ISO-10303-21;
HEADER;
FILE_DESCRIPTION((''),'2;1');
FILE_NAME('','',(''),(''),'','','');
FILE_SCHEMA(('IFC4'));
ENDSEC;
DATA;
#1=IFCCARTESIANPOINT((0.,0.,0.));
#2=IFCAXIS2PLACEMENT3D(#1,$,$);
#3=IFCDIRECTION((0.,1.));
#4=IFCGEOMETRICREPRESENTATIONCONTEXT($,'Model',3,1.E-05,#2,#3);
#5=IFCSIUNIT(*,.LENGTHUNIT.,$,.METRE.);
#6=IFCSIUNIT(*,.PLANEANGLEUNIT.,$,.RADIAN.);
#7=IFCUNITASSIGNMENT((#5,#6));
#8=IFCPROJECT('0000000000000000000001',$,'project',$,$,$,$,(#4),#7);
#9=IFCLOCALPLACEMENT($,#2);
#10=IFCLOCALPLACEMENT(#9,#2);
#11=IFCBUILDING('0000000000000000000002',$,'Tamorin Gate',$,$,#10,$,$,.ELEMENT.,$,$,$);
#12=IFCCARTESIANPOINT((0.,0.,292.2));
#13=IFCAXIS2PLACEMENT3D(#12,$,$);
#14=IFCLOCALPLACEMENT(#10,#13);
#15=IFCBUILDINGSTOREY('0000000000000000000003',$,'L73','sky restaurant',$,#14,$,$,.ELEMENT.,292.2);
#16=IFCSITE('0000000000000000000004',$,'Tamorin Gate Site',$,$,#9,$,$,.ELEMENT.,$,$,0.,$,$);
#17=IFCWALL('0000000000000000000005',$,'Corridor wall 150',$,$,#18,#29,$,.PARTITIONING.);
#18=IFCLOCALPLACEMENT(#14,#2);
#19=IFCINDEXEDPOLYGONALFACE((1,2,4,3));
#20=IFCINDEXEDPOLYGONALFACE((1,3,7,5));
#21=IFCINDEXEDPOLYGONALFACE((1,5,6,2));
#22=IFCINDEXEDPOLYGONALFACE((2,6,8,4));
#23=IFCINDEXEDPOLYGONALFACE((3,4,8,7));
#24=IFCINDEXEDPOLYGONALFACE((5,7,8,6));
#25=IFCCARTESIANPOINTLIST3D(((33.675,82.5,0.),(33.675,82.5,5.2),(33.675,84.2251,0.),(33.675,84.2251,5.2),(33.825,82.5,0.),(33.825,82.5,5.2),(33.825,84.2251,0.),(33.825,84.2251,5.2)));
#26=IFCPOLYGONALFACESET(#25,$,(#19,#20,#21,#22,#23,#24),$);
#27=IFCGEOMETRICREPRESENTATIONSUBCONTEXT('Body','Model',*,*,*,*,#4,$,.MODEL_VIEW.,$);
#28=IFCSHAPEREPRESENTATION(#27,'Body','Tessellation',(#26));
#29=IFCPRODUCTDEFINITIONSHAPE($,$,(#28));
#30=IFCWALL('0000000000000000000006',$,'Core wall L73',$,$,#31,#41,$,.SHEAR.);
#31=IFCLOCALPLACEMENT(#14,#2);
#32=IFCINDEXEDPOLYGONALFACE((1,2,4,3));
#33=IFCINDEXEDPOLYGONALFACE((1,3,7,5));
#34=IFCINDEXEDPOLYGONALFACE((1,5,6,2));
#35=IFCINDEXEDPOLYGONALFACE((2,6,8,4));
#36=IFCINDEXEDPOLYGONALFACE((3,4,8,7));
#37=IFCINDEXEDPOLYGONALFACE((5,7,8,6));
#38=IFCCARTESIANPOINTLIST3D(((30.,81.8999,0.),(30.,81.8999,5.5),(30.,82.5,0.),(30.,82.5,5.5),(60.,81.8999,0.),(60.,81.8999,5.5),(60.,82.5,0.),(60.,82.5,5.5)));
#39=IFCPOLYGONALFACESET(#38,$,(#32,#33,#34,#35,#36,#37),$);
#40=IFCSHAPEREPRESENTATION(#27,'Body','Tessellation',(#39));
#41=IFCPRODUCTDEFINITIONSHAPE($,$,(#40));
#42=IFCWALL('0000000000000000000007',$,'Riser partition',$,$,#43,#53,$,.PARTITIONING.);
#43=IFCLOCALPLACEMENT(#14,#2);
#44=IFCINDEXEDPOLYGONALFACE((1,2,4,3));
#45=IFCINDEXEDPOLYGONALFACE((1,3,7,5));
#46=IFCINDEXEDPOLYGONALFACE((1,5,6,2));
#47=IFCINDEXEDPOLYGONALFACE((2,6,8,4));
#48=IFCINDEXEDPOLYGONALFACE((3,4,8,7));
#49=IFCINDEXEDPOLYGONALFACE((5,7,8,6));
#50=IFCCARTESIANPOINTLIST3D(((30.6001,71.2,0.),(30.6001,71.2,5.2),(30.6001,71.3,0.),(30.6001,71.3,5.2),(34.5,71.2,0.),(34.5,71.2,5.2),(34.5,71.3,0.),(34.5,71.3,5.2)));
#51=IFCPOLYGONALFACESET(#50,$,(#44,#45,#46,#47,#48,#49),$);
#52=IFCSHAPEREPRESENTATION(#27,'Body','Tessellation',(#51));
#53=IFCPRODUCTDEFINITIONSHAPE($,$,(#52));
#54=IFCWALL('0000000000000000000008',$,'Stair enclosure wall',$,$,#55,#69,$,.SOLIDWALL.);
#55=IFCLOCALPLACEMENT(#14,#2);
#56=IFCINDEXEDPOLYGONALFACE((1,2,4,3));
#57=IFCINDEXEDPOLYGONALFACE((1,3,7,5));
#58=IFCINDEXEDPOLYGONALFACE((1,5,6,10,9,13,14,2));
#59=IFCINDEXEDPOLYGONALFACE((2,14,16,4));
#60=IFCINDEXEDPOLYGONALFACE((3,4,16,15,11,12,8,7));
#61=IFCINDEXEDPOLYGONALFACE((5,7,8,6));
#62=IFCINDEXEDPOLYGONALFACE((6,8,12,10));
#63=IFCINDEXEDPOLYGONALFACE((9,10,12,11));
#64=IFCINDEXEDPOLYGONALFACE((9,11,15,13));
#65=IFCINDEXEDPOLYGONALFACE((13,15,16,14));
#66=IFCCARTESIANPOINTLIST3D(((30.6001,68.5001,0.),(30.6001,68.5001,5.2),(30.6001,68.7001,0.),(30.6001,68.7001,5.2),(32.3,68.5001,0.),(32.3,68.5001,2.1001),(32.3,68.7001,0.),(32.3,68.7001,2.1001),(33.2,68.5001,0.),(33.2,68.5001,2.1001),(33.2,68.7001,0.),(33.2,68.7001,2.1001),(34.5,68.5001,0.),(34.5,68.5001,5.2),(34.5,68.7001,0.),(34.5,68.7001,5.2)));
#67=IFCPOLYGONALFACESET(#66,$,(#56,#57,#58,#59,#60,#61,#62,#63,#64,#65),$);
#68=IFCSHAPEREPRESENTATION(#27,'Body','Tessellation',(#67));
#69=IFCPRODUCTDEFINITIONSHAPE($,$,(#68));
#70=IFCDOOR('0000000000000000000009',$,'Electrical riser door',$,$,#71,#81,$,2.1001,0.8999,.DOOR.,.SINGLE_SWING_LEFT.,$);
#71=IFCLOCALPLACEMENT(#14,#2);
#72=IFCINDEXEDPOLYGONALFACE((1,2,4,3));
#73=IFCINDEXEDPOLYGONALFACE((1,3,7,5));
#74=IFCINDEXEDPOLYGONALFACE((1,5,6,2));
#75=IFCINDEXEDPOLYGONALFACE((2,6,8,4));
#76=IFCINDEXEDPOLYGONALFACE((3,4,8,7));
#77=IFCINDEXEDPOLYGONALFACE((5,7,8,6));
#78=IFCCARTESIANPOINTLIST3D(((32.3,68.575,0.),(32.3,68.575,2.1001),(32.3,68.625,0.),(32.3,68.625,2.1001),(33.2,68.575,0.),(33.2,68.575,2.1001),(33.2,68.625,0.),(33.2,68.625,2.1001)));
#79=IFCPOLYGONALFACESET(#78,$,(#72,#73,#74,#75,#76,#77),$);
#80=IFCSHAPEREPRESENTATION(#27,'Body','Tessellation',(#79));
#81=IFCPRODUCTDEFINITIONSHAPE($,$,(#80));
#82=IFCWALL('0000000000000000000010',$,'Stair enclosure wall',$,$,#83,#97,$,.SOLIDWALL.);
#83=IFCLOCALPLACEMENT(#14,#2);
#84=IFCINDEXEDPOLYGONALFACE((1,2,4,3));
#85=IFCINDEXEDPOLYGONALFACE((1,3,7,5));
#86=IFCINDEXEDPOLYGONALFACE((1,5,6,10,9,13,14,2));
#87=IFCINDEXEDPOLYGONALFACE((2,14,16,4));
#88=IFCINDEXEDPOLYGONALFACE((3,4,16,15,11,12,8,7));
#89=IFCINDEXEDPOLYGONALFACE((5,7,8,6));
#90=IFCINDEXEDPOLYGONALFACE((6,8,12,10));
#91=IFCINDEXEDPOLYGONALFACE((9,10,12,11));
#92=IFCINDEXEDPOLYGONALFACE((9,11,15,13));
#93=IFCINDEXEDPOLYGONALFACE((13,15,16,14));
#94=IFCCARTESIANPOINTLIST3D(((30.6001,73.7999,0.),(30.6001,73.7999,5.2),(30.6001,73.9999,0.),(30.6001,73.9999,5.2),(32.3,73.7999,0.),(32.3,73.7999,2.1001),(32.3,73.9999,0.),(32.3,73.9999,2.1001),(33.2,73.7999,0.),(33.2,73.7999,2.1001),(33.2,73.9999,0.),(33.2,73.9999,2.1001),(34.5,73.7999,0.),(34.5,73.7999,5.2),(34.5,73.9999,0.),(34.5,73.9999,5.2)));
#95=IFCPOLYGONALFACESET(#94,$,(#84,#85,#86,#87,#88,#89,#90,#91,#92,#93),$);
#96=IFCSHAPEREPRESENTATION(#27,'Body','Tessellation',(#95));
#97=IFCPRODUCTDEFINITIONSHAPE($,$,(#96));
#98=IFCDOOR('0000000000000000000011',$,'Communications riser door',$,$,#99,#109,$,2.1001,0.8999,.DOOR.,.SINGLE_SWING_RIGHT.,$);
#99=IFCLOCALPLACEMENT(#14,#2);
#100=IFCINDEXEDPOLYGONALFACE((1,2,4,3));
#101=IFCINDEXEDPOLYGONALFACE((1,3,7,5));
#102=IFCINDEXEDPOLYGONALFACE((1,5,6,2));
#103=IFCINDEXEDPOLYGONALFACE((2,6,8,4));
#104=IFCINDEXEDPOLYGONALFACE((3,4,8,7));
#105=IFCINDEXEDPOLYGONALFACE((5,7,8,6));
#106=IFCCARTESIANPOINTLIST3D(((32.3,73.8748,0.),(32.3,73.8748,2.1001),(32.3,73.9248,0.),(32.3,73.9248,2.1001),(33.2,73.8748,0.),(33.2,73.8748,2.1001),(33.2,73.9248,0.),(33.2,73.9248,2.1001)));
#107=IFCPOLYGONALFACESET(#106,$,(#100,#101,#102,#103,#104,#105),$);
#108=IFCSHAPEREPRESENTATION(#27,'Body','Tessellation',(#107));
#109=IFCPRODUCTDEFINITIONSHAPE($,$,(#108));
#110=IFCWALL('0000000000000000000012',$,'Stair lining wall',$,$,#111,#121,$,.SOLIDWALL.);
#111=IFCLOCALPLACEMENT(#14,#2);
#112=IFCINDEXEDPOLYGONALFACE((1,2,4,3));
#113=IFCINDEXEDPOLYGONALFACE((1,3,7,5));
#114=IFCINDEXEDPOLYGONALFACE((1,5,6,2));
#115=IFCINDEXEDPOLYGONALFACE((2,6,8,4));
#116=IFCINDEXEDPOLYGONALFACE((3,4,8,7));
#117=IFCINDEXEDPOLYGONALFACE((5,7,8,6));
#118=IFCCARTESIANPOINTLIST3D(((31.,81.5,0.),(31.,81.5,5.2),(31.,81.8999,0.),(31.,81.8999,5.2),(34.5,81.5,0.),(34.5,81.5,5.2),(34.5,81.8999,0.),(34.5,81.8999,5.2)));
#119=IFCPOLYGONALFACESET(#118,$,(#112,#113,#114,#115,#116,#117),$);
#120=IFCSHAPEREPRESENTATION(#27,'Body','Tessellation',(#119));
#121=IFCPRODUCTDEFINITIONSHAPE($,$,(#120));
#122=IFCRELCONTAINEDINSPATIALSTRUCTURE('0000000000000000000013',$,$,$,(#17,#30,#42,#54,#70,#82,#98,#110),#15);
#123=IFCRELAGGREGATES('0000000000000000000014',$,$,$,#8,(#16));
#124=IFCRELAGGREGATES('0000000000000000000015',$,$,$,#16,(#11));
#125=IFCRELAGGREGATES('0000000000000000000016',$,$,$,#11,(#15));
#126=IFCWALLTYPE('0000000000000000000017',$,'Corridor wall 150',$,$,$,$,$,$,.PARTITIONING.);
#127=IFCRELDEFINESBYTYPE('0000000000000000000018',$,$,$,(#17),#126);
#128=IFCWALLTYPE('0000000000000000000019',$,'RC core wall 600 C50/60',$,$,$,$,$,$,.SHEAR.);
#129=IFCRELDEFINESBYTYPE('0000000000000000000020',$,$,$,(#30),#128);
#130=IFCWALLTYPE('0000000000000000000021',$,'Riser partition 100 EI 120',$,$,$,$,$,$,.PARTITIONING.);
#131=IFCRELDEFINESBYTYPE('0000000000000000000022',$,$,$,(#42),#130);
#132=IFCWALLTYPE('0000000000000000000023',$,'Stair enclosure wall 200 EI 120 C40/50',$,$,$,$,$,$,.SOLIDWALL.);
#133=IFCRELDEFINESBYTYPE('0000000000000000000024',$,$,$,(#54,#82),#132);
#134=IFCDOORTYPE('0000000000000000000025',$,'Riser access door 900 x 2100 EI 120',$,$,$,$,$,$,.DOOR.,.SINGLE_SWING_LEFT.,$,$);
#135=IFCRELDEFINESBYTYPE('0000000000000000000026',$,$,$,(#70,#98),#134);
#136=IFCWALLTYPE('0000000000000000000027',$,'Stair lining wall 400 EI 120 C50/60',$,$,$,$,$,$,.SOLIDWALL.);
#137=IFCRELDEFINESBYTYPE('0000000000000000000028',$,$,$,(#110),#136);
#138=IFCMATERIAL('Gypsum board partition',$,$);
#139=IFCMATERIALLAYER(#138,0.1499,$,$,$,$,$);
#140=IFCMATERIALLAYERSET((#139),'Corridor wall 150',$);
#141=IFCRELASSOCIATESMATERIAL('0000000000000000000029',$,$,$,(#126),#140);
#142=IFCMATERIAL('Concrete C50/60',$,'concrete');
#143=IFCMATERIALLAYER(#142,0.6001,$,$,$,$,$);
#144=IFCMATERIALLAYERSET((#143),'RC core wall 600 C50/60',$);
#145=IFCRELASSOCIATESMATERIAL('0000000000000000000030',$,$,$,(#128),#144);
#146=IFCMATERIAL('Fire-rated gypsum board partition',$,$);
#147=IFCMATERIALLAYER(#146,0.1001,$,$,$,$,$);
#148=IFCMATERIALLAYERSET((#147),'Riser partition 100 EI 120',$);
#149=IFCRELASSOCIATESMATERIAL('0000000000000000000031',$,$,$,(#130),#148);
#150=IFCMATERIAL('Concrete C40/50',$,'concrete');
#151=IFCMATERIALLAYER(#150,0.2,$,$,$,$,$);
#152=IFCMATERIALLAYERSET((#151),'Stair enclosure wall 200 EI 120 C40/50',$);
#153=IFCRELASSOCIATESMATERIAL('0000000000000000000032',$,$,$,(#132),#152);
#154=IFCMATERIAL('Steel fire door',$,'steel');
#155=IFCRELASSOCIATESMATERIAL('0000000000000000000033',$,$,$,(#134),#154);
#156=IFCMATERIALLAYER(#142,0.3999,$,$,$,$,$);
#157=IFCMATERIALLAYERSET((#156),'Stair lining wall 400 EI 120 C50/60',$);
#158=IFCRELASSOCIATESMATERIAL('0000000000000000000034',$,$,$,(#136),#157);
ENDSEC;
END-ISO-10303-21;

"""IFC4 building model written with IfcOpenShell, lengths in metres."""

from ifc_helpers import new_model, si_unit, direction, frame, frame_2d, origin, place, context, subcontext, project, spatial, rectangle, extrude, material, layer, layer_set, type_object, element, fill, save


model = new_model("IFC4")

# Units and contexts
model_context = context("Model", 3, precision=1e-05, world=origin(), true_north=direction((0.0, 1.0)))
body_context = subcontext(model_context, "Body", "Model", "MODEL_VIEW")
ifc_project = project(units=[si_unit("LENGTHUNIT", "METRE"), si_unit("PLANEANGLEUNIT", "RADIAN")], contexts=[model_context])

# Site, building, storey
site_placement = place(None, origin())
site = spatial("IfcSite", under=ifc_project, at=site_placement, Name="Tamorin Gate Site", CompositionType="ELEMENT", RefElevation=0.0)
building_placement = place(site_placement, origin())
building = spatial("IfcBuilding", under=site, at=building_placement, Name="Tamorin Gate", CompositionType="ELEMENT")
storey_placement = place(building_placement, frame((0.0, 0.0, 292.2)))
storey = spatial("IfcBuildingStorey", under=building, at=storey_placement, Name="L73", Description="sky restaurant", CompositionType="ELEMENT", Elevation=292.2)

# Shared definitions
ifc_material_1 = material(Name="Concrete C50/60", Category="concrete")

# Walls
ifc_material_2 = material(Name="Gypsum board partition")
ifc_layer_1 = layer(ifc_material_2, 0.1499)
ifc_layer_set_1 = layer_set([ifc_layer_1], Name="Corridor wall 150")
wall_type_1 = type_object("IfcWallType", Name="Corridor wall 150", PredefinedType="PARTITIONING", material=ifc_layer_set_1)
wall_1_placement = place(storey_placement, frame((33.75, 82.5, 0.0), z_axis=(0.0, 0.0, 1.0), x_axis=(0.0, 1.0, 0.0)))
element("IfcWall", 1, at=wall_1_placement, inside=storey, type_object=wall_type_1, Name="Corridor wall 150", PredefinedType="PARTITIONING", context=body_context, shape_type="SweptSolid", body=[
    extrude(rectangle(XDim=1.7251, YDim=0.1499, at=frame_2d((0.8625, 0.0))), origin(), (0.0, 0.0, 1.0), 5.2),
])
ifc_layer_2 = layer(ifc_material_1, 0.6001)
ifc_layer_set_2 = layer_set([ifc_layer_2], Name="RC core wall 600 C50/60")
wall_type_2 = type_object("IfcWallType", Name="RC core wall 600 C50/60", PredefinedType="SHEAR", material=ifc_layer_set_2)
wall_2_placement = place(storey_placement, frame((30.0, 82.2, 0.0), z_axis=(0.0, 0.0, 1.0), x_axis=(1.0, 0.0, 0.0)))
element("IfcWall", 2, at=wall_2_placement, inside=storey, type_object=wall_type_2, Name="Core wall L73", PredefinedType="SHEAR", context=body_context, shape_type="SweptSolid", body=[
    extrude(rectangle(XDim=30.0, YDim=0.6001, at=frame_2d((15.0, 0.0))), origin(), (0.0, 0.0, 1.0), 5.5),
])
ifc_material_3 = material(Name="Fire-rated gypsum board partition")
ifc_layer_3 = layer(ifc_material_3, 0.1001)
ifc_layer_set_3 = layer_set([ifc_layer_3], Name="Riser partition 100 EI 120")
wall_type_3 = type_object("IfcWallType", Name="Riser partition 100 EI 120", PredefinedType="PARTITIONING", material=ifc_layer_set_3)
wall_3_placement = place(storey_placement, frame((30.6001, 71.25, 0.0), z_axis=(0.0, 0.0, 1.0), x_axis=(1.0, 0.0, 0.0)))
element("IfcWall", 3, at=wall_3_placement, inside=storey, type_object=wall_type_3, Name="Riser partition", PredefinedType="PARTITIONING", context=body_context, shape_type="SweptSolid", body=[
    extrude(rectangle(XDim=3.8999, YDim=0.1001, at=frame_2d((1.95, 0.0))), origin(), (0.0, 0.0, 1.0), 5.2),
])

# Walls, openings, doors
ifc_material_4 = material(Name="Concrete C40/50", Category="concrete")
ifc_layer_4 = layer(ifc_material_4, 0.2)
ifc_layer_set_4 = layer_set([ifc_layer_4], Name="Stair enclosure wall 200 EI 120 C40/50")
wall_type_4 = type_object("IfcWallType", Name="Stair enclosure wall 200 EI 120 C40/50", PredefinedType="SOLIDWALL", material=ifc_layer_set_4)
wall_4_placement = place(storey_placement, frame((30.6001, 68.6001, 0.0), z_axis=(0.0, 0.0, 1.0), x_axis=(1.0, 0.0, 0.0)))
wall_4 = element("IfcWall", 4, at=wall_4_placement, inside=storey, type_object=wall_type_4, Name="Stair enclosure wall", PredefinedType="SOLIDWALL", context=body_context, shape_type="SweptSolid", body=[
    extrude(rectangle(XDim=3.8999, YDim=0.2, at=frame_2d((1.95, 0.0))), origin(), (0.0, 0.0, 1.0), 5.2),
])
opening_1_placement = place(wall_4_placement, frame((1.7, 0.0, 0.0)))
opening_1 = element("IfcOpeningElement", 5, at=opening_1_placement, cuts=wall_4, PredefinedType="OPENING", context=body_context, shape_type="SweptSolid", body=[
    extrude(rectangle(XDim=0.8999, YDim=2.1001, at=frame_2d((0.45, 1.05))), frame((0.0, 0.1099, 0.0), z_axis=(0.0, -1.0, 0.0), x_axis=(1.0, 0.0, 0.0)), (0.0, 0.0, 1.0), 0.22),
])
ifc_material_5 = material(Name="Steel fire door", Category="steel")
door_type = type_object("IfcDoorType", Name="Riser access door 900 x 2100 EI 120", OperationType="SINGLE_SWING_LEFT", PredefinedType="DOOR", material=ifc_material_5)
door_1_placement = place(opening_1_placement, origin())
door_1 = element("IfcDoor", 6, at=door_1_placement, inside=storey, type_object=door_type, Name="Electrical riser door", OperationType="SINGLE_SWING_LEFT", OverallHeight=2.1001, OverallWidth=0.8999, PredefinedType="DOOR", context=body_context, shape_type="SweptSolid", body=[
    extrude(rectangle(XDim=0.8999, YDim=2.1001, at=frame_2d((0.45, 1.05))), frame((0.0, 0.0249, 0.0), z_axis=(0.0, -1.0, 0.0), x_axis=(1.0, 0.0, 0.0)), (0.0, 0.0, 1.0), 0.05),
])
fill(opening_1, door_1)
wall_5_placement = place(storey_placement, frame((30.6001, 73.8999, 0.0), z_axis=(0.0, 0.0, 1.0), x_axis=(1.0, 0.0, 0.0)))
wall_5 = element("IfcWall", 7, at=wall_5_placement, inside=storey, type_object=wall_type_4, Name="Stair enclosure wall", PredefinedType="SOLIDWALL", context=body_context, shape_type="SweptSolid", body=[
    extrude(rectangle(XDim=3.8999, YDim=0.2, at=frame_2d((1.95, 0.0))), origin(), (0.0, 0.0, 1.0), 5.2),
])
opening_2_placement = place(wall_5_placement, frame((1.7, 0.0, 0.0)))
opening_2 = element("IfcOpeningElement", 8, at=opening_2_placement, cuts=wall_5, PredefinedType="OPENING", context=body_context, shape_type="SweptSolid", body=[
    extrude(rectangle(XDim=0.8999, YDim=2.1001, at=frame_2d((0.45, 1.05))), frame((0.0, 0.1099, 0.0), z_axis=(0.0, -1.0, 0.0), x_axis=(1.0, 0.0, 0.0)), (0.0, 0.0, 1.0), 0.22),
])
door_2_placement = place(opening_2_placement, origin())
door_2 = element("IfcDoor", 9, at=door_2_placement, inside=storey, type_object=door_type, Name="Communications riser door", OperationType="SINGLE_SWING_RIGHT", OverallHeight=2.1001, OverallWidth=0.8999, PredefinedType="DOOR", context=body_context, shape_type="SweptSolid", body=[
    extrude(rectangle(XDim=0.8999, YDim=2.1001, at=frame_2d((0.45, 1.05))), frame((0.0, 0.0249, 0.0), z_axis=(0.0, -1.0, 0.0), x_axis=(1.0, 0.0, 0.0)), (0.0, 0.0, 1.0), 0.05),
])
fill(opening_2, door_2)

# Wall
ifc_layer_5 = layer(ifc_material_1, 0.3999)
ifc_layer_set_5 = layer_set([ifc_layer_5], Name="Stair lining wall 400 EI 120 C50/60")
wall_type_5 = type_object("IfcWallType", Name="Stair lining wall 400 EI 120 C50/60", PredefinedType="SOLIDWALL", material=ifc_layer_set_5)
wall_6_placement = place(storey_placement, frame((31.0, 81.7, 0.0), z_axis=(0.0, 0.0, 1.0), x_axis=(1.0, 0.0, 0.0)))
element("IfcWall", 10, at=wall_6_placement, inside=storey, type_object=wall_type_5, Name="Stair lining wall", PredefinedType="SOLIDWALL", context=body_context, shape_type="SweptSolid", body=[
    extrude(rectangle(XDim=3.5, YDim=0.3999, at=frame_2d((1.75, 0.0))), origin(), (0.0, 0.0, 1.0), 5.2),
])

save(model, "model.ifc")
